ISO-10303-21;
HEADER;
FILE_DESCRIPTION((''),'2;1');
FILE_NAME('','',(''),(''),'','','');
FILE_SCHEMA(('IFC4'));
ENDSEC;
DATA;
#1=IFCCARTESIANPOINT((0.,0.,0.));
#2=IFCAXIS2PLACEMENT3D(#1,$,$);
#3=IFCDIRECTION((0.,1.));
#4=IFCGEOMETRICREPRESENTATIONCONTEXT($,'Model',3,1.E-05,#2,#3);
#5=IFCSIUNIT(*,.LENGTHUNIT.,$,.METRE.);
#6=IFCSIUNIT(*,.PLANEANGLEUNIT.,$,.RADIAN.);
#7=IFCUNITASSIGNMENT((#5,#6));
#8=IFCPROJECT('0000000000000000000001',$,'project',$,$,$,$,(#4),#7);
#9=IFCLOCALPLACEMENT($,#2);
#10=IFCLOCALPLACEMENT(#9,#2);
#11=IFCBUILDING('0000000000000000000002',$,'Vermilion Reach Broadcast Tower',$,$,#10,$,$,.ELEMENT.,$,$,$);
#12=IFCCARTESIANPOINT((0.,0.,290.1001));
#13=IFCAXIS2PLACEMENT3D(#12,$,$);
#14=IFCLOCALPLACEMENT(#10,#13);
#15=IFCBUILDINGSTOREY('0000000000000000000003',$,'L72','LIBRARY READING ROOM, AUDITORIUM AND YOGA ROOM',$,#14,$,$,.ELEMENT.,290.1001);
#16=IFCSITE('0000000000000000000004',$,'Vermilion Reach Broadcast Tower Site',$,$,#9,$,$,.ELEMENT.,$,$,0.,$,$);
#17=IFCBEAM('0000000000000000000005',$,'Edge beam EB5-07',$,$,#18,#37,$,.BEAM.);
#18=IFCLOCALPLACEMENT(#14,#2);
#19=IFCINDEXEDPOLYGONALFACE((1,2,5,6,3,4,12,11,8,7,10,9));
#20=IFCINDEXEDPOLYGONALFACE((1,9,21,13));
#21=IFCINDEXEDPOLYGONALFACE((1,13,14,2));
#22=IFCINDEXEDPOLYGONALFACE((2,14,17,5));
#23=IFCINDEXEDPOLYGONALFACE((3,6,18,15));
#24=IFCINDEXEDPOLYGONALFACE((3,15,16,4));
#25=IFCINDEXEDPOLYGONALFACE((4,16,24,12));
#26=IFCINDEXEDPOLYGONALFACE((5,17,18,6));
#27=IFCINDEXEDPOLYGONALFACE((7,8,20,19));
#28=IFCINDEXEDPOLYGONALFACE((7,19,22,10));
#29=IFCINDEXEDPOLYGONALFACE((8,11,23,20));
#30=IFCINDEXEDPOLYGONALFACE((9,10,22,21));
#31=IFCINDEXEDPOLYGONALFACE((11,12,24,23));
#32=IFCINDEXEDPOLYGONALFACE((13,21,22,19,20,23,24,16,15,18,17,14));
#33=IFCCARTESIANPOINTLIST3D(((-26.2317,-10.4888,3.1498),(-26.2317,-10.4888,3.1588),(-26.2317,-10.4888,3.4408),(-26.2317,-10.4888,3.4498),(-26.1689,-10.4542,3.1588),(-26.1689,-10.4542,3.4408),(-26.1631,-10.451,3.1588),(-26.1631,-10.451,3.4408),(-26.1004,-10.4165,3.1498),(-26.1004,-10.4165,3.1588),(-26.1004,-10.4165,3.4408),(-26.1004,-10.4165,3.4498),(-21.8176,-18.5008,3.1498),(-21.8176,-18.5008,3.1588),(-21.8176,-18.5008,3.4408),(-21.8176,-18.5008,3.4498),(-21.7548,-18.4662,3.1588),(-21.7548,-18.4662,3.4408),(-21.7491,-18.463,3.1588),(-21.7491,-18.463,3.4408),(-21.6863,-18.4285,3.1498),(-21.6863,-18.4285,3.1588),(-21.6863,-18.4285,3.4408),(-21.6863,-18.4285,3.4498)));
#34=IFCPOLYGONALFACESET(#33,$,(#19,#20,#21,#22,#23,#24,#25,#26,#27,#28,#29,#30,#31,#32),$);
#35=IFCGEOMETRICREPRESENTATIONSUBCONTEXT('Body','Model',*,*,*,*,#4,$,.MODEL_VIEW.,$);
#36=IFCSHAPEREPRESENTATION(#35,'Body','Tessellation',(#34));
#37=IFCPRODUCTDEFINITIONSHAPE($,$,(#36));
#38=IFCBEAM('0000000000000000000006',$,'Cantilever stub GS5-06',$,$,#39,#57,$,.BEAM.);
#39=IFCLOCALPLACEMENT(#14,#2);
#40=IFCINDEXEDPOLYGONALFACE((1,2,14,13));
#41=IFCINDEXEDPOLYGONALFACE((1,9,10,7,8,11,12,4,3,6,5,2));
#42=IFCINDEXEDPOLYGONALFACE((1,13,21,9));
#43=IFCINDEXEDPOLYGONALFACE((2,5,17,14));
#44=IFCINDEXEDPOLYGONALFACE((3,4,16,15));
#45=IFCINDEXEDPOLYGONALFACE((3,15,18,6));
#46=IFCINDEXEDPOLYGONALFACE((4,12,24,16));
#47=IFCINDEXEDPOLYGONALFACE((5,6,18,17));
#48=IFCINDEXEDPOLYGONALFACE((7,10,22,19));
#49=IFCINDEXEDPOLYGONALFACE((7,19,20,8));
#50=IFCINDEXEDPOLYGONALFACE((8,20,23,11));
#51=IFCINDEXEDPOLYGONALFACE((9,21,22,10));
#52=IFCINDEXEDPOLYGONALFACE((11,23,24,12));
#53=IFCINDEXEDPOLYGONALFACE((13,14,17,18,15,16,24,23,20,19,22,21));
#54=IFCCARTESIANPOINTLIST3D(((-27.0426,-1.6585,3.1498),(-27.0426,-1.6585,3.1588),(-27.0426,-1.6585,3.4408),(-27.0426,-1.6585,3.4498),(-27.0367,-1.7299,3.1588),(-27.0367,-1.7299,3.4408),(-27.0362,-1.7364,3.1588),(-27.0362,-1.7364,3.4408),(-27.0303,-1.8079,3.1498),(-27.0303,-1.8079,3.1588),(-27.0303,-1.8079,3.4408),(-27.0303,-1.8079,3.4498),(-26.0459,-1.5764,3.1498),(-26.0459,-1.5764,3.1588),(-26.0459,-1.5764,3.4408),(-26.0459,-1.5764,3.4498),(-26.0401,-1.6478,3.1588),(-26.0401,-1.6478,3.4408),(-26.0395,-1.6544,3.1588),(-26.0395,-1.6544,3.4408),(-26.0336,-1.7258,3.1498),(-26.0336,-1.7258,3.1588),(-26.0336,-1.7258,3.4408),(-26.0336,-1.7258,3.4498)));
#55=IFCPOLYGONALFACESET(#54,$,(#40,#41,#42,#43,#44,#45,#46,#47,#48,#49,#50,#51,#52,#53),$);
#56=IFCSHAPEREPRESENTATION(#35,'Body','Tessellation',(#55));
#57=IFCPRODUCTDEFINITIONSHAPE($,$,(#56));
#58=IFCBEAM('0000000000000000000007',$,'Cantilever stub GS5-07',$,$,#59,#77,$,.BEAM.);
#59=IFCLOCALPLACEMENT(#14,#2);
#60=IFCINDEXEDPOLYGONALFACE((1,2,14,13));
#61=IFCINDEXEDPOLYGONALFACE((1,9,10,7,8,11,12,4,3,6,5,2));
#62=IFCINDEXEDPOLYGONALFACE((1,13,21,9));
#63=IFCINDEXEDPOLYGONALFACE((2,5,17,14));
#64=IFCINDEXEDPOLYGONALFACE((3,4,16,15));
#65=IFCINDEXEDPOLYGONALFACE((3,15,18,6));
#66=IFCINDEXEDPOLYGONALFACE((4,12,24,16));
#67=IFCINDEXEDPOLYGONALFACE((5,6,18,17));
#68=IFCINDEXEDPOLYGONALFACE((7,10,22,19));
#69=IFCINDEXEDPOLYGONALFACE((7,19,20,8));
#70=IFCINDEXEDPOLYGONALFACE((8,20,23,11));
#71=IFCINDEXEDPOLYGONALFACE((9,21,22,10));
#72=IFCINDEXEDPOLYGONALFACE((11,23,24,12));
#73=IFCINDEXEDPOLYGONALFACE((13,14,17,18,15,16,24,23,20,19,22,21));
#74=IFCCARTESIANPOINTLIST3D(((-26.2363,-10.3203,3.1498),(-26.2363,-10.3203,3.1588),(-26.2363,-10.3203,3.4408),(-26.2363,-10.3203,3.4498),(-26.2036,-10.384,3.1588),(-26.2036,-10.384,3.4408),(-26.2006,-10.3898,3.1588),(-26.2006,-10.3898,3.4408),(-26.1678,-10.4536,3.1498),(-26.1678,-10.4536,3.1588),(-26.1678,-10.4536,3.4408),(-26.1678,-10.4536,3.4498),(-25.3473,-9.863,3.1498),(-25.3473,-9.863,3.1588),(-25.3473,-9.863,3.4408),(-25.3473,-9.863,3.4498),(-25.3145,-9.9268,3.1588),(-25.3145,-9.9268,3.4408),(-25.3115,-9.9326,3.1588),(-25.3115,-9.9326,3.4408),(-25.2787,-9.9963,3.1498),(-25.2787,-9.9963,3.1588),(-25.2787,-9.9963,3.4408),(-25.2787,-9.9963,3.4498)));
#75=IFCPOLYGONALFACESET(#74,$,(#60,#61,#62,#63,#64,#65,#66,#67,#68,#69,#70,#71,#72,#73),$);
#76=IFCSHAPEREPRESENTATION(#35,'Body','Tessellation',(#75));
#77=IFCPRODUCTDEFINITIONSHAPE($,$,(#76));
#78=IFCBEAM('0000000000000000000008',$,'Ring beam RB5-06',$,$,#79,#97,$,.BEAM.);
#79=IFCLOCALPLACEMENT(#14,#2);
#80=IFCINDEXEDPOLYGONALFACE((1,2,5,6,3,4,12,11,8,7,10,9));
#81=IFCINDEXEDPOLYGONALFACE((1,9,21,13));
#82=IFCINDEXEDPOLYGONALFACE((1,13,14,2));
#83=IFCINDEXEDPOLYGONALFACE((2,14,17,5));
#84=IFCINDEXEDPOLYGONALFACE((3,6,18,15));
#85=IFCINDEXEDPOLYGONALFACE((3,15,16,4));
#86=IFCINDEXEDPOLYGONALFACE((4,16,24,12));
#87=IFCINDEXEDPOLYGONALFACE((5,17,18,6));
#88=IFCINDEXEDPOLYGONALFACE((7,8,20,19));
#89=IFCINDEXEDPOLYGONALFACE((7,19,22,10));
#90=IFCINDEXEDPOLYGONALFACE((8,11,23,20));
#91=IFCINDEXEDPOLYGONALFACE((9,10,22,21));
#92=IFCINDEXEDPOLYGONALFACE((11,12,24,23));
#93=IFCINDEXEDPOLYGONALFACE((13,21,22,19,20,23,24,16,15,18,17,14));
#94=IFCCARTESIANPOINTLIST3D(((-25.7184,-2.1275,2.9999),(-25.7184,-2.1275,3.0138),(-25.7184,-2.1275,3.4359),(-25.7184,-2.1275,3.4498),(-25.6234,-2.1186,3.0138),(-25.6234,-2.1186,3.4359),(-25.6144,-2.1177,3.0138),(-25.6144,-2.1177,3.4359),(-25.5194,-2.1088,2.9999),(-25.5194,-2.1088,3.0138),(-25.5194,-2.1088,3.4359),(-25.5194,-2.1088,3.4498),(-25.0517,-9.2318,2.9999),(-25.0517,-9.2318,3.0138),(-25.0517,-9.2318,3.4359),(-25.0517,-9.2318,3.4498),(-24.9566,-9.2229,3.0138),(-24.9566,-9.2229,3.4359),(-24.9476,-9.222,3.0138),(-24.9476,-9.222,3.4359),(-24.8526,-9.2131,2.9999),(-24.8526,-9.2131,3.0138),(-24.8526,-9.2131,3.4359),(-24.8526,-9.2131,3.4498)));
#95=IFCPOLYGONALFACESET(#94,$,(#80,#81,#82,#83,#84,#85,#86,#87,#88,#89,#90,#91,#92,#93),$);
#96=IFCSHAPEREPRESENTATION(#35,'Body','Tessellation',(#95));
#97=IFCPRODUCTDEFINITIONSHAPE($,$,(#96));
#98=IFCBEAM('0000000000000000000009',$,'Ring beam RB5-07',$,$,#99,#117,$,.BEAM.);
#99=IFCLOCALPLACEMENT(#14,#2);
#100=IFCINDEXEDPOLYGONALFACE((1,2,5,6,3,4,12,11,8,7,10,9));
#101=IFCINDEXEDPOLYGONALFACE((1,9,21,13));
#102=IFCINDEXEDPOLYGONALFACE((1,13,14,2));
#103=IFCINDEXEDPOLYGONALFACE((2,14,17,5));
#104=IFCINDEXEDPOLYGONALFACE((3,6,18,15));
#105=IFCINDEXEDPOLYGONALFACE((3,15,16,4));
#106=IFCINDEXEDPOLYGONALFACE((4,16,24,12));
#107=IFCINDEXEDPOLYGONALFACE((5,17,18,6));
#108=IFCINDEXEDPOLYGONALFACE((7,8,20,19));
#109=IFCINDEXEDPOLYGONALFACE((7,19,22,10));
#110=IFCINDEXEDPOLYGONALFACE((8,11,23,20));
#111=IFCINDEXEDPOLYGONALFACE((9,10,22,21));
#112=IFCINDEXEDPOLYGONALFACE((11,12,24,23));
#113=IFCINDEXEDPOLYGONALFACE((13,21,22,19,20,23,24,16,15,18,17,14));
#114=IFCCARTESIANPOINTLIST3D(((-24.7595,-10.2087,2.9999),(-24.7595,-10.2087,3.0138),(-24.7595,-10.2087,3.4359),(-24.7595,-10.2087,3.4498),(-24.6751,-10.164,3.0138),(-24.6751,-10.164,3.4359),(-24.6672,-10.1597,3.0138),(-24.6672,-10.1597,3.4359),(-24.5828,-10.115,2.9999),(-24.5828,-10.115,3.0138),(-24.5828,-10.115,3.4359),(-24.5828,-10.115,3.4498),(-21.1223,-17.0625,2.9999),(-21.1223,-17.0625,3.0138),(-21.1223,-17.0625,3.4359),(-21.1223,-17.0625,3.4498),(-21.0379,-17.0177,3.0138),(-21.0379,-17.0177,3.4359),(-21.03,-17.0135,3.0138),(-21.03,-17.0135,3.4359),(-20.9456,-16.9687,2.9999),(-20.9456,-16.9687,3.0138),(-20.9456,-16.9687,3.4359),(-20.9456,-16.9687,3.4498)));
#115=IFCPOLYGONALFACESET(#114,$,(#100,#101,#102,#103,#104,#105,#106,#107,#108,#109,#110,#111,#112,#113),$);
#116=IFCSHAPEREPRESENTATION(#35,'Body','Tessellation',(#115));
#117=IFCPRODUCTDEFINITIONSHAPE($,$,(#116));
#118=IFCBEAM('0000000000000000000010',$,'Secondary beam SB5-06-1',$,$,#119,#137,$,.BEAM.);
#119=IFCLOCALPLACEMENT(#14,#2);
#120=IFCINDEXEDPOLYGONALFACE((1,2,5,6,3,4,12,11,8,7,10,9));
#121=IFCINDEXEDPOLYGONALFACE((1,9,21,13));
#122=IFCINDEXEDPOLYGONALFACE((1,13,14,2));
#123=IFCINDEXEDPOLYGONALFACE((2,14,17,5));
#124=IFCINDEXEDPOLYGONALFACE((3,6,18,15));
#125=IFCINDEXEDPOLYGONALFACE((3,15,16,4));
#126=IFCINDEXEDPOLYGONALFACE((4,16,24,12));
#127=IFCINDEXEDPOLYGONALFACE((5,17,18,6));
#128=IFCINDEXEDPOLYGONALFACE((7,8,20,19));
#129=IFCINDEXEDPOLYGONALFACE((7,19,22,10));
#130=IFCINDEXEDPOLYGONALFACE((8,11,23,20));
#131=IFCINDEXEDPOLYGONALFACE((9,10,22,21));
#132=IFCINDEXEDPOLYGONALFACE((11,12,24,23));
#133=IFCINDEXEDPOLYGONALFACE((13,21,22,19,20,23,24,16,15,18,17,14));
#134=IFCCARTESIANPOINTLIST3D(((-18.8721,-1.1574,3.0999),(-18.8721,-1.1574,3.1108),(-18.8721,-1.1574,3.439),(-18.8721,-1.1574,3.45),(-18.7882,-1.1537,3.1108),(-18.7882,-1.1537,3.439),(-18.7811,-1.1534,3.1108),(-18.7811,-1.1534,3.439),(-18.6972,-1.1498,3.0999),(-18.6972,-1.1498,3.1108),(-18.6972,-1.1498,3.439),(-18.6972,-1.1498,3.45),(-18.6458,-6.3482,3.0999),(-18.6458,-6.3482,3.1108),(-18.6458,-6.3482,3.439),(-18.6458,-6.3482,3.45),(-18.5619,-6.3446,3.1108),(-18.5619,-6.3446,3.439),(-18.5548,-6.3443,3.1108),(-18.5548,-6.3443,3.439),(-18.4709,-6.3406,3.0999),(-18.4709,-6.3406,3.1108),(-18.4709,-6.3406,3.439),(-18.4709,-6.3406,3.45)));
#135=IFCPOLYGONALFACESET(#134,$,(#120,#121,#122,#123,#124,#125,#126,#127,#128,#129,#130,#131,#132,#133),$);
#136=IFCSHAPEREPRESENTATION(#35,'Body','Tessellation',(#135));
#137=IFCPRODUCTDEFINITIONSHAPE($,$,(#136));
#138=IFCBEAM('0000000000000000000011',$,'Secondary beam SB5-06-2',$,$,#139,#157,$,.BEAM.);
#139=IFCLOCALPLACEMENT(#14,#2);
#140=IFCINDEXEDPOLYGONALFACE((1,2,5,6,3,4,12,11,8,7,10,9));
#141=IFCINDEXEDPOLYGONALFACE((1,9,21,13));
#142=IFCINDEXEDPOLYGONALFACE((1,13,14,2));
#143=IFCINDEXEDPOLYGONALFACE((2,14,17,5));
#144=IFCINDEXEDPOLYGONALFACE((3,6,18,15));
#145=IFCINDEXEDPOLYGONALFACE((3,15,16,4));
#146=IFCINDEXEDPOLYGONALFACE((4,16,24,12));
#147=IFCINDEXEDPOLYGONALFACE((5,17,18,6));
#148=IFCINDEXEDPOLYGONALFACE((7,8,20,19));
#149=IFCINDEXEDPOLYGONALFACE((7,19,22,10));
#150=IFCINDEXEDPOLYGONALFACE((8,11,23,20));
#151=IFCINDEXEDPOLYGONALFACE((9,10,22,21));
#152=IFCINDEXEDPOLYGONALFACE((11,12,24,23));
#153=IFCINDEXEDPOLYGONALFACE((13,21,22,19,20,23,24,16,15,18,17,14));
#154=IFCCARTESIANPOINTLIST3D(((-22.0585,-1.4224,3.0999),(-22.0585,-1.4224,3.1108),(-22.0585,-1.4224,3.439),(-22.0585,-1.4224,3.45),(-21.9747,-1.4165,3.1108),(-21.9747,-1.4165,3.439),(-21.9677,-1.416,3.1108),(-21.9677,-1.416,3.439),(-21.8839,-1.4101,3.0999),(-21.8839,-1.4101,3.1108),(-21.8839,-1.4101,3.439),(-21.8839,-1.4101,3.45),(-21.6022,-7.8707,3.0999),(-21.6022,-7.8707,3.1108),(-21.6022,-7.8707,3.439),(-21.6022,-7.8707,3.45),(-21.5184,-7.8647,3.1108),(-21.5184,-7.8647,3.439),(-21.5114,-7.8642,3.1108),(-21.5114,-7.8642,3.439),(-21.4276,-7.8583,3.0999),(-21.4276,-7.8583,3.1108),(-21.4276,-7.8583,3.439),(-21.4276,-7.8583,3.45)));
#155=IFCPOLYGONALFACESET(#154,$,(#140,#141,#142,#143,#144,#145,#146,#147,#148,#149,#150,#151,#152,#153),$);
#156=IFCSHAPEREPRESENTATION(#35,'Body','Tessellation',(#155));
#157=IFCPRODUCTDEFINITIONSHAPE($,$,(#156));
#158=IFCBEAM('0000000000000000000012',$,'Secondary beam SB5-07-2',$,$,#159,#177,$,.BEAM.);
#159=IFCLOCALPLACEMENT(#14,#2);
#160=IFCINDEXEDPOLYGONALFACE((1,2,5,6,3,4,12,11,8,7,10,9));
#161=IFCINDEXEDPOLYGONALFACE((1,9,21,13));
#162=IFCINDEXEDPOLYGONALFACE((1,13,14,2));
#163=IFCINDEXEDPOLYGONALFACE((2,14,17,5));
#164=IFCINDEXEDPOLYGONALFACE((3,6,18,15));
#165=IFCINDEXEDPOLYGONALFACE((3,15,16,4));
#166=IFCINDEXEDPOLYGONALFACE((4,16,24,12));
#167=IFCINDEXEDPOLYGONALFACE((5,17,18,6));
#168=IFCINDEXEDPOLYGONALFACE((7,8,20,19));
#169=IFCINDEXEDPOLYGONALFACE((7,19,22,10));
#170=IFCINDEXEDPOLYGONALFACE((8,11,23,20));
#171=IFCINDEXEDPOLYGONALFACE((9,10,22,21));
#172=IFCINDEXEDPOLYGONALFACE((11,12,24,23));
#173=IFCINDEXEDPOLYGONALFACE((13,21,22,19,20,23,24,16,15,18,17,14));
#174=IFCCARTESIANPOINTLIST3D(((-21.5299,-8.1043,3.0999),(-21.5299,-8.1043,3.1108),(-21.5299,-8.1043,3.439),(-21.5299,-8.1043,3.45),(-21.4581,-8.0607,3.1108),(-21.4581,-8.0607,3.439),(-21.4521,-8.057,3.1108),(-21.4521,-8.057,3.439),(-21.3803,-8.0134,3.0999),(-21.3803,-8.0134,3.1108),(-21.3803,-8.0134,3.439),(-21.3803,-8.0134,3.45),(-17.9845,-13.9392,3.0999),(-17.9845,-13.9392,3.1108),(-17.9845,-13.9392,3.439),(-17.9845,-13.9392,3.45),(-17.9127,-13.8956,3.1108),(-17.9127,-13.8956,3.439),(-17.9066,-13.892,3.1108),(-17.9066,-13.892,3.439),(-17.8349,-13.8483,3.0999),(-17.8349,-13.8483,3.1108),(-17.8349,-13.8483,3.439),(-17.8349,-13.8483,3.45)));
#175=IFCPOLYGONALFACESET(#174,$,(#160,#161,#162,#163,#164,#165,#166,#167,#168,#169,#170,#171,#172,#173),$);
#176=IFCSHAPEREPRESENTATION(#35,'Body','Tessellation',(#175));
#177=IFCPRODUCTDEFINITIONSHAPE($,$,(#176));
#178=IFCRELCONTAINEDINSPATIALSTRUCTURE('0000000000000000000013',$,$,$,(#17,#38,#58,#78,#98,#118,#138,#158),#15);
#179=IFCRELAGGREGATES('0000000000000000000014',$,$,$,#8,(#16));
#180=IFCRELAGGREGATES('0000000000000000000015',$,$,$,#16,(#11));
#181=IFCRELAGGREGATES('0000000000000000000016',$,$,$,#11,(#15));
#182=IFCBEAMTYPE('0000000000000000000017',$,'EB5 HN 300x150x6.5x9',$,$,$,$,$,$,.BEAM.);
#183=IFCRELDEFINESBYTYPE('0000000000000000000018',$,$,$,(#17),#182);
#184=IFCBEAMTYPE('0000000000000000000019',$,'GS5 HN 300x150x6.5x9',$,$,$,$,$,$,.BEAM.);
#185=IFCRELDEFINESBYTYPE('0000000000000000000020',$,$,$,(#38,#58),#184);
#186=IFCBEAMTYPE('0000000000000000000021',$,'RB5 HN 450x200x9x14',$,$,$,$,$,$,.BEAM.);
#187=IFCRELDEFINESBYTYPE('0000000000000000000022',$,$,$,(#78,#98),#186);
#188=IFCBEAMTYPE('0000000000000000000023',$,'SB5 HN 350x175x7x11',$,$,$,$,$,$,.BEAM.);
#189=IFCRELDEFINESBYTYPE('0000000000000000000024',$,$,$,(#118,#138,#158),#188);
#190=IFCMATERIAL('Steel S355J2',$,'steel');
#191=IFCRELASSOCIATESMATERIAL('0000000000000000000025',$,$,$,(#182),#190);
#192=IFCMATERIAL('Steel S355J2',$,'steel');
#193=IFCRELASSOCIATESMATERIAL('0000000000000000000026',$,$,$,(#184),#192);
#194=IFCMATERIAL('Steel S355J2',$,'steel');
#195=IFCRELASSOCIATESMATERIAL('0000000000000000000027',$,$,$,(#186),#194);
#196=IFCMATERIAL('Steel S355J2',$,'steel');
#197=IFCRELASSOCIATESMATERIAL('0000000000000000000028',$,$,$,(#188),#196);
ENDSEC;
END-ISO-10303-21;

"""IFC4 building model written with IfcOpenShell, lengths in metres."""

from ifc_helpers import new_model, si_unit, direction, frame, origin, origin_2d, place, context, subcontext, project, spatial, i_section, extrude, material, material_profile, profile_set, type_object, element, save


model = new_model("IFC4")

# Units and contexts
model_context = context("Model", 3, precision=1e-05, world=origin(), true_north=direction((0.0, 1.0)))
body_context = subcontext(model_context, "Body", "Model", "MODEL_VIEW")
ifc_project = project(units=[si_unit("LENGTHUNIT", "METRE"), si_unit("PLANEANGLEUNIT", "RADIAN")], contexts=[model_context])

# Site, building, storey
site_placement = place(None, origin())
site = spatial("IfcSite", under=ifc_project, at=site_placement, Name="Vermilion Reach Broadcast Tower Site", CompositionType="ELEMENT", RefElevation=0.0)
building_placement = place(site_placement, origin())
building = spatial("IfcBuilding", under=site, at=building_placement, Name="Vermilion Reach Broadcast Tower", CompositionType="ELEMENT")
storey_placement = place(building_placement, frame((0.0, 0.0, 290.1001)))
storey = spatial("IfcBuildingStorey", under=building, at=storey_placement, Name="L72", Description="LIBRARY READING ROOM, AUDITORIUM AND YOGA ROOM", CompositionType="ELEMENT", Elevation=290.1001)

# Beams
ifc_material_1 = material(Name="Steel S355J2", Category="steel")
ifc_material_profile_1 = material_profile(ifc_material_1, i_section(OverallWidth=0.1499, OverallDepth=0.3, WebThickness=0.0066, FlangeThickness=0.009, at=origin_2d()), Name="S355J2 HN 300x150x6.5x9")
ifc_profile_set_1 = profile_set([ifc_material_profile_1], Name="Steel S355J2")
beam_type_1 = type_object("IfcBeamType", Name="EB5 HN 300x150x6.5x9", PredefinedType="BEAM", material=ifc_profile_set_1)
beam_1_placement = place(storey_placement, frame((-26.166, -10.4526, 3.2998), z_axis=(0.482547, -0.87587, 0.0), x_axis=(0.87587, 0.482547, 0.0)))
element("IfcBeam", 1, at=beam_1_placement, inside=storey, type_object=beam_type_1, Name="Edge beam EB5-07", PredefinedType="BEAM", context=body_context, shape_type="SweptSolid", body=[
    extrude(i_section(OverallWidth=0.1499, OverallDepth=0.3, WebThickness=0.0066, FlangeThickness=0.009, at=origin_2d()), origin(), (0.0, 0.0, 1.0), 9.1475),
])
ifc_material_2 = material(Name="Steel S355J2", Category="steel")
ifc_material_profile_2 = material_profile(ifc_material_2, i_section(OverallWidth=0.1499, OverallDepth=0.3, WebThickness=0.0066, FlangeThickness=0.009, at=origin_2d()), Name="S355J2 HN 300x150x6.5x9")
ifc_profile_set_2 = profile_set([ifc_material_profile_2], Name="Steel S355J2")
beam_type_2 = type_object("IfcBeamType", Name="GS5 HN 300x150x6.5x9", PredefinedType="BEAM", material=ifc_profile_set_2)
beam_2_placement = place(storey_placement, frame((-26.0398, -1.6511, 3.2998), z_axis=(-0.996629, -0.082035, 0.0), x_axis=(0.082035, -0.996629, 0.0)))
element("IfcBeam", 2, at=beam_2_placement, inside=storey, type_object=beam_type_2, Name="Cantilever stub GS5-06", PredefinedType="BEAM", context=body_context, shape_type="SweptSolid", body=[
    extrude(i_section(OverallWidth=0.1499, OverallDepth=0.3, WebThickness=0.0066, FlangeThickness=0.009, at=origin_2d()), origin(), (0.0, 0.0, 1.0), 1.0),
])
beam_3_placement = place(storey_placement, frame((-25.313, -9.9297, 3.2998), z_axis=(-0.889291, -0.457342, 0.0), x_axis=(0.457342, -0.889291, 0.0)))
element("IfcBeam", 3, at=beam_3_placement, inside=storey, type_object=beam_type_2, Name="Cantilever stub GS5-07", PredefinedType="BEAM", context=body_context, shape_type="SweptSolid", body=[
    extrude(i_section(OverallWidth=0.1499, OverallDepth=0.3, WebThickness=0.0066, FlangeThickness=0.009, at=origin_2d()), origin(), (0.0, 0.0, 1.0), 0.9998),
])
ifc_material_3 = material(Name="Steel S355J2", Category="steel")
ifc_material_profile_3 = material_profile(ifc_material_3, i_section(OverallWidth=0.2, OverallDepth=0.45, WebThickness=0.009, FlangeThickness=0.0139, at=origin_2d()), Name="S355J2 HN 450x200x9x14")
ifc_profile_set_3 = profile_set([ifc_material_profile_3], Name="Steel S355J2")
beam_type_3 = type_object("IfcBeamType", Name="RB5 HN 450x200x9x14", PredefinedType="BEAM", material=ifc_profile_set_3)
beam_4_placement = place(storey_placement, frame((-25.6189, -2.1182, 3.2249), z_axis=(0.093441, -0.995625, 0.0), x_axis=(0.995625, 0.093441, 0.0)))
element("IfcBeam", 4, at=beam_4_placement, inside=storey, type_object=beam_type_3, Name="Ring beam RB5-06", PredefinedType="BEAM", context=body_context, shape_type="SweptSolid", body=[
    extrude(i_section(OverallWidth=0.2, OverallDepth=0.45, WebThickness=0.009, FlangeThickness=0.0139, at=origin_2d()), origin(), (0.0, 0.0, 1.0), 7.1355),
])
beam_5_placement = place(storey_placement, frame((-24.6711, -10.1619, 3.2249), z_axis=(0.468768, -0.883321, 0.0), x_axis=(0.883321, 0.468768, 0.0)))
element("IfcBeam", 5, at=beam_5_placement, inside=storey, type_object=beam_type_3, Name="Ring beam RB5-07", PredefinedType="BEAM", context=body_context, shape_type="SweptSolid", body=[
    extrude(i_section(OverallWidth=0.2, OverallDepth=0.45, WebThickness=0.009, FlangeThickness=0.0139, at=origin_2d()), origin(), (0.0, 0.0, 1.0), 7.759),
])
ifc_material_4 = material(Name="Steel S355J2", Category="steel")
ifc_material_profile_4 = material_profile(ifc_material_4, i_section(OverallWidth=0.175, OverallDepth=0.3501, WebThickness=0.0071, FlangeThickness=0.011, at=origin_2d()), Name="S355J2 HN 350x175x7x11")
ifc_profile_set_4 = profile_set([ifc_material_profile_4], Name="Steel S355J2")
beam_type_4 = type_object("IfcBeamType", Name="SB5 HN 350x175x7x11", PredefinedType="BEAM", material=ifc_profile_set_4)
beam_6_placement = place(storey_placement, frame((-18.7847, -1.1536, 3.2749), z_axis=(0.043558, -0.999051, 0.0), x_axis=(0.999051, 0.043558, 0.0)))
element("IfcBeam", 6, at=beam_6_placement, inside=storey, type_object=beam_type_4, Name="Secondary beam SB5-06-1", PredefinedType="BEAM", context=body_context, shape_type="SweptSolid", body=[
    extrude(i_section(OverallWidth=0.175, OverallDepth=0.3501, WebThickness=0.0071, FlangeThickness=0.011, at=origin_2d()), origin(), (0.0, 0.0, 1.0), 5.1958),
])
beam_7_placement = place(storey_placement, frame((-21.9712, -1.4163, 3.2749), z_axis=(0.070587, -0.997506, 0.0), x_axis=(0.997506, 0.070587, 0.0)))
element("IfcBeam", 7, at=beam_7_placement, inside=storey, type_object=beam_type_4, Name="Secondary beam SB5-06-2", PredefinedType="BEAM", context=body_context, shape_type="SweptSolid", body=[
    extrude(i_section(OverallWidth=0.175, OverallDepth=0.3501, WebThickness=0.0071, FlangeThickness=0.011, at=origin_2d()), origin(), (0.0, 0.0, 1.0), 6.4644),
])
beam_8_placement = place(storey_placement, frame((-21.4551, -8.0588, 3.2749), z_axis=(0.519273, -0.854608, 0.0), x_axis=(0.854608, 0.519273, 0.0)))
element("IfcBeam", 8, at=beam_8_placement, inside=storey, type_object=beam_type_4, Name="Secondary beam SB5-07-2", PredefinedType="BEAM", context=body_context, shape_type="SweptSolid", body=[
    extrude(i_section(OverallWidth=0.175, OverallDepth=0.3501, WebThickness=0.0071, FlangeThickness=0.011, at=origin_2d()), origin(), (0.0, 0.0, 1.0), 6.8276),
])

save(model, "model.ifc")
